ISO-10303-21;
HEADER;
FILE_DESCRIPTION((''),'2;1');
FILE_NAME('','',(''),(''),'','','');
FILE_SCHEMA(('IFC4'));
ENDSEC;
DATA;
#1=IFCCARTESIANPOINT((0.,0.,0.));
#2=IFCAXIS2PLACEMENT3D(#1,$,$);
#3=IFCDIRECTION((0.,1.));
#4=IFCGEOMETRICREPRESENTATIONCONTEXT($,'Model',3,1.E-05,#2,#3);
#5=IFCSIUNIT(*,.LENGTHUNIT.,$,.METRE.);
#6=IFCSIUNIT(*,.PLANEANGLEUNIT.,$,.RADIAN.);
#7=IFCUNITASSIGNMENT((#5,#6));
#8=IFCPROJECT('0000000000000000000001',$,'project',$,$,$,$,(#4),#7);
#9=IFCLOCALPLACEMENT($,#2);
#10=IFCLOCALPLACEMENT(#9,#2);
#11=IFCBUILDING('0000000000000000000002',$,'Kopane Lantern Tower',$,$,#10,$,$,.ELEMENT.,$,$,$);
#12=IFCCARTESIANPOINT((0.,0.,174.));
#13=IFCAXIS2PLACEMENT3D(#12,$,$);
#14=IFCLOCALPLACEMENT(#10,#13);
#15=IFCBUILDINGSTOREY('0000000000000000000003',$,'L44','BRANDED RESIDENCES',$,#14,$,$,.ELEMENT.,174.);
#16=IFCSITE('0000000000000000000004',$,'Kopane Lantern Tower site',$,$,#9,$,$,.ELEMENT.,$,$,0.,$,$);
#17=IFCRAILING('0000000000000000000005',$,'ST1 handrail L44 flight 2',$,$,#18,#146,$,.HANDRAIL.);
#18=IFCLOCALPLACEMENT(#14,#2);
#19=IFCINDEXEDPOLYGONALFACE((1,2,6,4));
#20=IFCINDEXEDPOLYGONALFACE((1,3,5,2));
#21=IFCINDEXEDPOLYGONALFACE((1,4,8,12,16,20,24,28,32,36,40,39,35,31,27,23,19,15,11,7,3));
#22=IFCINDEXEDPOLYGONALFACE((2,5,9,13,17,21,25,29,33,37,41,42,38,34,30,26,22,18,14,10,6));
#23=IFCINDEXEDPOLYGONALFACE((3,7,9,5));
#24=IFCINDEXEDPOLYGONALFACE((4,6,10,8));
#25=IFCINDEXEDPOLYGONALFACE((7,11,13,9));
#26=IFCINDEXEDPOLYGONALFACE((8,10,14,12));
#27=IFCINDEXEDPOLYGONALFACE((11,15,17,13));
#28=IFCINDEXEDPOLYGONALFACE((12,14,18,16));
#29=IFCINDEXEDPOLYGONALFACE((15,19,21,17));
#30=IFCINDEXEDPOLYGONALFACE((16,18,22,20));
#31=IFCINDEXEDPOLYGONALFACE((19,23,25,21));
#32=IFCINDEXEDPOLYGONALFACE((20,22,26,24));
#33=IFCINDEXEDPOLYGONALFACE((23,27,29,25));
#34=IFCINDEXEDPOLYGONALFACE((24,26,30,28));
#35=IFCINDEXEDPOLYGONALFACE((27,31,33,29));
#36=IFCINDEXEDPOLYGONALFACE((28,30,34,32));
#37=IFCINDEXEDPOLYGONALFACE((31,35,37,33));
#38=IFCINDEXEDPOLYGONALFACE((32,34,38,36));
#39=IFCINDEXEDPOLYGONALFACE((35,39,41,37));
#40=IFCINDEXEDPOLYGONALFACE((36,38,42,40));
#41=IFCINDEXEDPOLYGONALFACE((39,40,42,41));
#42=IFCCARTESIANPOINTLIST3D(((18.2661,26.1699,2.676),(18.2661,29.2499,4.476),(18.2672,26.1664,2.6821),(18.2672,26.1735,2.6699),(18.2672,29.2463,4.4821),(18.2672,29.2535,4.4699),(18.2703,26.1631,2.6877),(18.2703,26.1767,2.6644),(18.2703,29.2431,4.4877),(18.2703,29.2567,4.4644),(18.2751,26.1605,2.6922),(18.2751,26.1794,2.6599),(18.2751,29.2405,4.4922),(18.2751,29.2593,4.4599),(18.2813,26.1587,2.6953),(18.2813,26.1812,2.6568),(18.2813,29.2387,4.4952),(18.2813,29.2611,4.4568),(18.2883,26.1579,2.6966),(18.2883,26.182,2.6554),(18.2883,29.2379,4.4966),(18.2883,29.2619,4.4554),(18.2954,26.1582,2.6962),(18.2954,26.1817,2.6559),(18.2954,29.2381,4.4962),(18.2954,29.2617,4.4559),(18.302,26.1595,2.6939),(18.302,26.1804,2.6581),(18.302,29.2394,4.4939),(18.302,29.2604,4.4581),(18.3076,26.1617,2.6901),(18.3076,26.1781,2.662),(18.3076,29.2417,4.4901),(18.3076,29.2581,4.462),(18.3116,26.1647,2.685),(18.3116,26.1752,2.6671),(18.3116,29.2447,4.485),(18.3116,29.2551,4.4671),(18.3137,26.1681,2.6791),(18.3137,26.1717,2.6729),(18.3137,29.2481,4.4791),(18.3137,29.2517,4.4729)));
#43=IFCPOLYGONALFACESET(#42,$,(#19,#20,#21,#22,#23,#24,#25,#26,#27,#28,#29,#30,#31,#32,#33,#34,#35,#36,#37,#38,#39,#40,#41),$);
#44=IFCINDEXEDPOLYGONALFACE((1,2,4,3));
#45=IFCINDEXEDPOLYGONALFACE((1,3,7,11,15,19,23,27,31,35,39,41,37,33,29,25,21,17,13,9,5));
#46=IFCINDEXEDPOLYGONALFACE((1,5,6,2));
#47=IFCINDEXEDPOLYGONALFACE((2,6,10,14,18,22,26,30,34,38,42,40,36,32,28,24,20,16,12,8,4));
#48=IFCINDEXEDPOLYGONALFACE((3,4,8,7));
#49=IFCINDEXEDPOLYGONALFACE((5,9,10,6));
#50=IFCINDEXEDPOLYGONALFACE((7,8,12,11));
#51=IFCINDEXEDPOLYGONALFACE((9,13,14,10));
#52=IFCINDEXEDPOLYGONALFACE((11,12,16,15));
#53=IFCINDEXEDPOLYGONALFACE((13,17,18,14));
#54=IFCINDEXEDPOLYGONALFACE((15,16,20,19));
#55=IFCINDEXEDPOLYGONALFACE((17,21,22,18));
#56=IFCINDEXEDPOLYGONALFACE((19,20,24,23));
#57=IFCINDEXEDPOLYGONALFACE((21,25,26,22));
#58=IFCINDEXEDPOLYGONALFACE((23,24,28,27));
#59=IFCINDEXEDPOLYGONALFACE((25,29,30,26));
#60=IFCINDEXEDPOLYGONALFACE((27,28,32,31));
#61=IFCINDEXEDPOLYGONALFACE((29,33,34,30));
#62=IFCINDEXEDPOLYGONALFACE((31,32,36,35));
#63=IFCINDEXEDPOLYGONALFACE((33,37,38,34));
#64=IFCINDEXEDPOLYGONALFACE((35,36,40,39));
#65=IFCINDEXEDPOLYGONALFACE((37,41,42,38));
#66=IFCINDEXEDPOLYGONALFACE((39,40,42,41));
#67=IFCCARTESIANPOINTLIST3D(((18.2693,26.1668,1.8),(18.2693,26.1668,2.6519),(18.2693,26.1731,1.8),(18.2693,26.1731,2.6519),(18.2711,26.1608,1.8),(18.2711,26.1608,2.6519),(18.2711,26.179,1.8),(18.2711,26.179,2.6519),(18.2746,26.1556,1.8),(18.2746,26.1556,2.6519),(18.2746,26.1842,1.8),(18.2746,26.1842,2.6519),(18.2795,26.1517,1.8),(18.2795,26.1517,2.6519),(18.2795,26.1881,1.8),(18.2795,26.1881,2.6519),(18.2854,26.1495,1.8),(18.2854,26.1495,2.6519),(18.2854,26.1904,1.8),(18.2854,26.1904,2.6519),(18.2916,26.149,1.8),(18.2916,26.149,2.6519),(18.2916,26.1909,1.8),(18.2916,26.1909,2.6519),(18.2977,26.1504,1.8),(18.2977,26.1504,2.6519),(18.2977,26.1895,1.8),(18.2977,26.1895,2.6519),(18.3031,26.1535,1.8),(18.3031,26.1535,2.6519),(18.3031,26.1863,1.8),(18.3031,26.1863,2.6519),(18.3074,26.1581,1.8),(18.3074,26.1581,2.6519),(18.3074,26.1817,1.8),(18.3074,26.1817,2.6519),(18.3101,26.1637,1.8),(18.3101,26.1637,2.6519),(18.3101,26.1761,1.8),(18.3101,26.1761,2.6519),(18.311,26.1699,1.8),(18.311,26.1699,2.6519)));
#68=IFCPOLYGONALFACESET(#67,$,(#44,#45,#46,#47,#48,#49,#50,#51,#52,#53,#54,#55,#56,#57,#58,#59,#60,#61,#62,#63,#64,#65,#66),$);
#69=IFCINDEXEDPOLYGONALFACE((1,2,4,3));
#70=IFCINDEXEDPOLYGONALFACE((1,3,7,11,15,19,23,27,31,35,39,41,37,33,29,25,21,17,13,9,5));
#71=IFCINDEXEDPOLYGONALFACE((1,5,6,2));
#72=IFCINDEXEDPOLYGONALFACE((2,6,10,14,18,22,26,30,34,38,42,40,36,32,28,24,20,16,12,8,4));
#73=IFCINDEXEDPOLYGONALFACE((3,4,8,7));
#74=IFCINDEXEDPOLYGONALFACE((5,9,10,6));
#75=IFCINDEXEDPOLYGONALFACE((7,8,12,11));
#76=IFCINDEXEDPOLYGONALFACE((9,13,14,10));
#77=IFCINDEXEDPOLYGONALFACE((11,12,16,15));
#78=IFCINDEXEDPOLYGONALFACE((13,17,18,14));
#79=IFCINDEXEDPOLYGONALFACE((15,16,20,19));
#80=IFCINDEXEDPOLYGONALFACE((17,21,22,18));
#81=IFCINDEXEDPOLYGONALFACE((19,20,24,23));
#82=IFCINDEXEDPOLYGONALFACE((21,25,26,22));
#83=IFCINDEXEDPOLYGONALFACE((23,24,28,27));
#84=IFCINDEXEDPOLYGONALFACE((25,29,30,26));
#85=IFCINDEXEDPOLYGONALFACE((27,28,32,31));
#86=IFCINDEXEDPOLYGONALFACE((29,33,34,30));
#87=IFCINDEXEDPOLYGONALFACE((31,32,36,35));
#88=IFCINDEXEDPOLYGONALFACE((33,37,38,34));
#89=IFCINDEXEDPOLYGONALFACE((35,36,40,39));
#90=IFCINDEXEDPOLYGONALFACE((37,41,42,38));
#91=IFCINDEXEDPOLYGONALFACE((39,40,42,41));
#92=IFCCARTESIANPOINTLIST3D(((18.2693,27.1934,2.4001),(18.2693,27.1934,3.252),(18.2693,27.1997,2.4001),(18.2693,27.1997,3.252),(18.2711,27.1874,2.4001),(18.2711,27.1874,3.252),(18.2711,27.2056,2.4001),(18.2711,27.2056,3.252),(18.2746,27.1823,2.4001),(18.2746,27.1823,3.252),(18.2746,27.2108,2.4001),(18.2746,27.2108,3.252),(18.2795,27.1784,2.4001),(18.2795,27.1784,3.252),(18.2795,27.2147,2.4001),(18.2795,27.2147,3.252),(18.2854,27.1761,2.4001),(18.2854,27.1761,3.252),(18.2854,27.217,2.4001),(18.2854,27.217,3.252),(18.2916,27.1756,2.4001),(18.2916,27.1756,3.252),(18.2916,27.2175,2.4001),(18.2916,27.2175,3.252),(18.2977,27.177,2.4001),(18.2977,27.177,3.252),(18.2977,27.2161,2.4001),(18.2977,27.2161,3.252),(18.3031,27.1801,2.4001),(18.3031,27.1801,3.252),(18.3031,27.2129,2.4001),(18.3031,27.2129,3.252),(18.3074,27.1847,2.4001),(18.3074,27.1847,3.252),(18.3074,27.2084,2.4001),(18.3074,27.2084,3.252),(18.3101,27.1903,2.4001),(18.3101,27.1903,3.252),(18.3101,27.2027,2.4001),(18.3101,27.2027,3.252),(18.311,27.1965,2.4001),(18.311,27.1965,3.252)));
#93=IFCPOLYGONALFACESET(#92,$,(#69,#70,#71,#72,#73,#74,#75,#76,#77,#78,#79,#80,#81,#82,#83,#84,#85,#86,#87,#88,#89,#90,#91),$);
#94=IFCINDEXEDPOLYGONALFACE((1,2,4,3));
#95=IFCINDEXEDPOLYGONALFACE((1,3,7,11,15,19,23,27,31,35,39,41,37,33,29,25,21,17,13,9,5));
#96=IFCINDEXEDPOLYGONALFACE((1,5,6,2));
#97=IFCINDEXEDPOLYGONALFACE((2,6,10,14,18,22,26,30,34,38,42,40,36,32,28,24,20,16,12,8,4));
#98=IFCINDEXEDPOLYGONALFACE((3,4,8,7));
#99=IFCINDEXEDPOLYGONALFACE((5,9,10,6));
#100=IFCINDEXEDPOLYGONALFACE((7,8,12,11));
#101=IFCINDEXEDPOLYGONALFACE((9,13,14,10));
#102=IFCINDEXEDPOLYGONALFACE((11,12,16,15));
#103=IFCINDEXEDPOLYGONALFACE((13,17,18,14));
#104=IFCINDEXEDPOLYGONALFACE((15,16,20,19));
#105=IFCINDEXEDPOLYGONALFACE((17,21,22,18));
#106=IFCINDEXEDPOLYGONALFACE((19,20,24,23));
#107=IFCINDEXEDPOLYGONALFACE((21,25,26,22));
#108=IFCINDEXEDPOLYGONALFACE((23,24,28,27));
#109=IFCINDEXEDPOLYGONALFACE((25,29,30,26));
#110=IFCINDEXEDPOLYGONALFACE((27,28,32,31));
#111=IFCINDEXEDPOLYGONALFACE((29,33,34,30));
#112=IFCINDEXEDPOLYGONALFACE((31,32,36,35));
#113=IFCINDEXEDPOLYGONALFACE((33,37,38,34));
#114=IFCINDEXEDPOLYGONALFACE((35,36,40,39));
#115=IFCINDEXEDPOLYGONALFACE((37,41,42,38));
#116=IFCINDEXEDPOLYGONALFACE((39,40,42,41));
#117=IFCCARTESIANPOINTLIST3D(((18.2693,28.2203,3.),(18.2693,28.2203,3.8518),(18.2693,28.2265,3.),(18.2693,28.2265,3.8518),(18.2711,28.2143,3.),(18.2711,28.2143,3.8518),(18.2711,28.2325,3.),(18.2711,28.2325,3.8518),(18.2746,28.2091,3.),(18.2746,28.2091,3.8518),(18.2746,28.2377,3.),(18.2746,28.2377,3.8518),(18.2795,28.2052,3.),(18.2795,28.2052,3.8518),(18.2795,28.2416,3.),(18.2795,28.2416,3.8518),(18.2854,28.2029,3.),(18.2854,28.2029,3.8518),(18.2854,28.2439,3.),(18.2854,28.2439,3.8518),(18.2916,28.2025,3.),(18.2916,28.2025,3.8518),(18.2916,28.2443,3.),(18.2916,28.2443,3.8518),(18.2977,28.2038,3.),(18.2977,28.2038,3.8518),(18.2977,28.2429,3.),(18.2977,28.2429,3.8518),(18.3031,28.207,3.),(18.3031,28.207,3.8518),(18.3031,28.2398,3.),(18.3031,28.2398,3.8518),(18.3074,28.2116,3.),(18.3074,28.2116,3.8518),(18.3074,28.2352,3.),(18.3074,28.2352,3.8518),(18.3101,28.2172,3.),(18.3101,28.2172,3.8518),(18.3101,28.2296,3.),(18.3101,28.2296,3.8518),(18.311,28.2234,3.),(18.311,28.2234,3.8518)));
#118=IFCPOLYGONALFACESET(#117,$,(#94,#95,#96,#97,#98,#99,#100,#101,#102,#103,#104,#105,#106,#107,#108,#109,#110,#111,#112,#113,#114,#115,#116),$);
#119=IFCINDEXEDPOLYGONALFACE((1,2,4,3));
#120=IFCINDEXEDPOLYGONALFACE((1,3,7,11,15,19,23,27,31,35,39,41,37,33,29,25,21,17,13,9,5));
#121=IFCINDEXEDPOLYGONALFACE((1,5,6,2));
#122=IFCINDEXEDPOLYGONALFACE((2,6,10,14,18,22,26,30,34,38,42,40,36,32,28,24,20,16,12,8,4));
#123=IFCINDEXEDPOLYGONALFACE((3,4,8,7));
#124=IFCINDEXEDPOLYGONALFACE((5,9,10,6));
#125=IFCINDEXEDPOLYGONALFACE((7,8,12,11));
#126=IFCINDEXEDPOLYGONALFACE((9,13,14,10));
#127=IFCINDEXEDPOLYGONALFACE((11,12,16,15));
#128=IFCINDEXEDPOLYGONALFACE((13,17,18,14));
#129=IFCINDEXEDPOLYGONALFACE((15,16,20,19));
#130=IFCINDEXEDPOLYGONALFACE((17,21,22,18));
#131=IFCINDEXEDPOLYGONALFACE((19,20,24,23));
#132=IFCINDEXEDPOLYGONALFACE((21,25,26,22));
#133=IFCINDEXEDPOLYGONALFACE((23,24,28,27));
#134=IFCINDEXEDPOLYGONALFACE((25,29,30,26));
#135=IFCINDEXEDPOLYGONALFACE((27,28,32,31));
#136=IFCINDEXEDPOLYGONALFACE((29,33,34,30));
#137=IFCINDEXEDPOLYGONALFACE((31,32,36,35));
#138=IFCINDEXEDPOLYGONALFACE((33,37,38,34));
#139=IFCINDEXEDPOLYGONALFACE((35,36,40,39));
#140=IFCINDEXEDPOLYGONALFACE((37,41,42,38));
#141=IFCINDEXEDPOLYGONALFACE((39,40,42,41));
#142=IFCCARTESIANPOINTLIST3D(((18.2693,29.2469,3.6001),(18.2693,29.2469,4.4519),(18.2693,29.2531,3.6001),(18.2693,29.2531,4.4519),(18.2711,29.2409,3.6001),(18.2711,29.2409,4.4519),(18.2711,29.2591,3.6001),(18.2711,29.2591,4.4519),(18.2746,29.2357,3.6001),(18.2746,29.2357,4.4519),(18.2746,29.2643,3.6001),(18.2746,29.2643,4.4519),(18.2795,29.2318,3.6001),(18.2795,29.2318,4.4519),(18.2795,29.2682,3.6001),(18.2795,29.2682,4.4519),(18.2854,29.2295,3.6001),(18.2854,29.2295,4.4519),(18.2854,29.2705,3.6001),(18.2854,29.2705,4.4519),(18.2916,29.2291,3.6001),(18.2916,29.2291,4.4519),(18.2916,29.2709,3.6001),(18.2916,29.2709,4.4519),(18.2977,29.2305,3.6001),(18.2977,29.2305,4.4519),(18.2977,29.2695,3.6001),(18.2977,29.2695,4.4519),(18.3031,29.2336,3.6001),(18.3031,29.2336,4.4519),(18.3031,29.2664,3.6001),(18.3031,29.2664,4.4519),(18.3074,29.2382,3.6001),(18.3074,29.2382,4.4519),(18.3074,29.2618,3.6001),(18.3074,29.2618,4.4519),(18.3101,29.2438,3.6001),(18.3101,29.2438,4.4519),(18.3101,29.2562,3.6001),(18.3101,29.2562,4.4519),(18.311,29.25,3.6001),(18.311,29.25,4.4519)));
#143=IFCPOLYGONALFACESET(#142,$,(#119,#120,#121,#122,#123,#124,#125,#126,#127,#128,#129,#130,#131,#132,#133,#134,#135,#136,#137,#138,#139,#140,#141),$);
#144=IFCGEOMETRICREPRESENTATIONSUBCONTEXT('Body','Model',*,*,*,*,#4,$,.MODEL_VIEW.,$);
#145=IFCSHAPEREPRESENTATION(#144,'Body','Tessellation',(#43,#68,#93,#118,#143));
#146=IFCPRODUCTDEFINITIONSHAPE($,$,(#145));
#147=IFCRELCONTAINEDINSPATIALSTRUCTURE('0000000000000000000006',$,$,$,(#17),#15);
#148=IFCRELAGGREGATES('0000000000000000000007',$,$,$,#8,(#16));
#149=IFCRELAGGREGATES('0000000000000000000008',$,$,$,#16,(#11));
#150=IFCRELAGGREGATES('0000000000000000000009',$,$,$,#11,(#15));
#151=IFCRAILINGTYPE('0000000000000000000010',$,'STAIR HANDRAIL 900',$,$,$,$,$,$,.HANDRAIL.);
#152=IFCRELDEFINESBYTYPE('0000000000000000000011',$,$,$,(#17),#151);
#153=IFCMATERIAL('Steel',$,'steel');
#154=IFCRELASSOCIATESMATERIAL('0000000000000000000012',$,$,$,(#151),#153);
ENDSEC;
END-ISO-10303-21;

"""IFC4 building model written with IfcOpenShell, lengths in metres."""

from ifc_helpers import new_model, si_unit, direction, frame, origin, origin_2d, place, context, subcontext, project, spatial, circle, extrude, material, type_object, element, save


model = new_model("IFC4")

# Units and contexts
model_context = context("Model", 3, precision=1e-05, world=origin(), true_north=direction((0.0, 1.0)))
body_context = subcontext(model_context, "Body", "Model", "MODEL_VIEW")
ifc_project = project(units=[si_unit("LENGTHUNIT", "METRE"), si_unit("PLANEANGLEUNIT", "RADIAN")], contexts=[model_context])

# Site, building, storey
site_placement = place(None, origin())
site = spatial("IfcSite", under=ifc_project, at=site_placement, Name="Kopane Lantern Tower site", CompositionType="ELEMENT", RefElevation=0.0)
building_placement = place(site_placement, origin())
building = spatial("IfcBuilding", under=site, at=building_placement, Name="Kopane Lantern Tower", CompositionType="ELEMENT")
storey_placement = place(building_placement, frame((0.0, 0.0, 174.0)))
storey = spatial("IfcBuildingStorey", under=building, at=storey_placement, Name="L44", Description="BRANDED RESIDENCES", CompositionType="ELEMENT", Elevation=174.0)

# Railing
ifc_material_1 = material(Name="Steel", Category="steel")
railing_type_1 = type_object("IfcRailingType", Name="STAIR HANDRAIL 900", PredefinedType="HANDRAIL", material=ifc_material_1)
for number, where, name in (
    (1, (18.29, 26.1699, 1.8), "ST1 handrail L44 flight 2"),
):
    element("IfcRailing", number, at=place(storey_placement, frame(where)), inside=storey, type_object=railing_type_1, Name=name, PredefinedType="HANDRAIL", context=body_context, shape_type="SweptSolid", body=[
        extrude(circle(Radius=0.0239, at=origin_2d()), frame((0.0, 0.0, 0.876), z_axis=(0.0, 0.863372, 0.504569), x_axis=(-1.0, 0.0, 0.0)), (0.0, 0.0, 1.0), 3.5674),
        extrude(circle(Radius=0.021, at=origin_2d()), origin(), (0.0, 0.0, 1.0), 0.8518),
        extrude(circle(Radius=0.021, at=origin_2d()), frame((0.0, 1.0266, 0.6001)), (0.0, 0.0, 1.0), 0.8518),
        extrude(circle(Radius=0.021, at=origin_2d()), frame((0.0, 2.0535, 1.2)), (0.0, 0.0, 1.0), 0.8518),
        extrude(circle(Radius=0.021, at=origin_2d()), frame((0.0, 3.0801, 1.8)), (0.0, 0.0, 1.0), 0.8518),
    ])

save(model, "model.ifc")
